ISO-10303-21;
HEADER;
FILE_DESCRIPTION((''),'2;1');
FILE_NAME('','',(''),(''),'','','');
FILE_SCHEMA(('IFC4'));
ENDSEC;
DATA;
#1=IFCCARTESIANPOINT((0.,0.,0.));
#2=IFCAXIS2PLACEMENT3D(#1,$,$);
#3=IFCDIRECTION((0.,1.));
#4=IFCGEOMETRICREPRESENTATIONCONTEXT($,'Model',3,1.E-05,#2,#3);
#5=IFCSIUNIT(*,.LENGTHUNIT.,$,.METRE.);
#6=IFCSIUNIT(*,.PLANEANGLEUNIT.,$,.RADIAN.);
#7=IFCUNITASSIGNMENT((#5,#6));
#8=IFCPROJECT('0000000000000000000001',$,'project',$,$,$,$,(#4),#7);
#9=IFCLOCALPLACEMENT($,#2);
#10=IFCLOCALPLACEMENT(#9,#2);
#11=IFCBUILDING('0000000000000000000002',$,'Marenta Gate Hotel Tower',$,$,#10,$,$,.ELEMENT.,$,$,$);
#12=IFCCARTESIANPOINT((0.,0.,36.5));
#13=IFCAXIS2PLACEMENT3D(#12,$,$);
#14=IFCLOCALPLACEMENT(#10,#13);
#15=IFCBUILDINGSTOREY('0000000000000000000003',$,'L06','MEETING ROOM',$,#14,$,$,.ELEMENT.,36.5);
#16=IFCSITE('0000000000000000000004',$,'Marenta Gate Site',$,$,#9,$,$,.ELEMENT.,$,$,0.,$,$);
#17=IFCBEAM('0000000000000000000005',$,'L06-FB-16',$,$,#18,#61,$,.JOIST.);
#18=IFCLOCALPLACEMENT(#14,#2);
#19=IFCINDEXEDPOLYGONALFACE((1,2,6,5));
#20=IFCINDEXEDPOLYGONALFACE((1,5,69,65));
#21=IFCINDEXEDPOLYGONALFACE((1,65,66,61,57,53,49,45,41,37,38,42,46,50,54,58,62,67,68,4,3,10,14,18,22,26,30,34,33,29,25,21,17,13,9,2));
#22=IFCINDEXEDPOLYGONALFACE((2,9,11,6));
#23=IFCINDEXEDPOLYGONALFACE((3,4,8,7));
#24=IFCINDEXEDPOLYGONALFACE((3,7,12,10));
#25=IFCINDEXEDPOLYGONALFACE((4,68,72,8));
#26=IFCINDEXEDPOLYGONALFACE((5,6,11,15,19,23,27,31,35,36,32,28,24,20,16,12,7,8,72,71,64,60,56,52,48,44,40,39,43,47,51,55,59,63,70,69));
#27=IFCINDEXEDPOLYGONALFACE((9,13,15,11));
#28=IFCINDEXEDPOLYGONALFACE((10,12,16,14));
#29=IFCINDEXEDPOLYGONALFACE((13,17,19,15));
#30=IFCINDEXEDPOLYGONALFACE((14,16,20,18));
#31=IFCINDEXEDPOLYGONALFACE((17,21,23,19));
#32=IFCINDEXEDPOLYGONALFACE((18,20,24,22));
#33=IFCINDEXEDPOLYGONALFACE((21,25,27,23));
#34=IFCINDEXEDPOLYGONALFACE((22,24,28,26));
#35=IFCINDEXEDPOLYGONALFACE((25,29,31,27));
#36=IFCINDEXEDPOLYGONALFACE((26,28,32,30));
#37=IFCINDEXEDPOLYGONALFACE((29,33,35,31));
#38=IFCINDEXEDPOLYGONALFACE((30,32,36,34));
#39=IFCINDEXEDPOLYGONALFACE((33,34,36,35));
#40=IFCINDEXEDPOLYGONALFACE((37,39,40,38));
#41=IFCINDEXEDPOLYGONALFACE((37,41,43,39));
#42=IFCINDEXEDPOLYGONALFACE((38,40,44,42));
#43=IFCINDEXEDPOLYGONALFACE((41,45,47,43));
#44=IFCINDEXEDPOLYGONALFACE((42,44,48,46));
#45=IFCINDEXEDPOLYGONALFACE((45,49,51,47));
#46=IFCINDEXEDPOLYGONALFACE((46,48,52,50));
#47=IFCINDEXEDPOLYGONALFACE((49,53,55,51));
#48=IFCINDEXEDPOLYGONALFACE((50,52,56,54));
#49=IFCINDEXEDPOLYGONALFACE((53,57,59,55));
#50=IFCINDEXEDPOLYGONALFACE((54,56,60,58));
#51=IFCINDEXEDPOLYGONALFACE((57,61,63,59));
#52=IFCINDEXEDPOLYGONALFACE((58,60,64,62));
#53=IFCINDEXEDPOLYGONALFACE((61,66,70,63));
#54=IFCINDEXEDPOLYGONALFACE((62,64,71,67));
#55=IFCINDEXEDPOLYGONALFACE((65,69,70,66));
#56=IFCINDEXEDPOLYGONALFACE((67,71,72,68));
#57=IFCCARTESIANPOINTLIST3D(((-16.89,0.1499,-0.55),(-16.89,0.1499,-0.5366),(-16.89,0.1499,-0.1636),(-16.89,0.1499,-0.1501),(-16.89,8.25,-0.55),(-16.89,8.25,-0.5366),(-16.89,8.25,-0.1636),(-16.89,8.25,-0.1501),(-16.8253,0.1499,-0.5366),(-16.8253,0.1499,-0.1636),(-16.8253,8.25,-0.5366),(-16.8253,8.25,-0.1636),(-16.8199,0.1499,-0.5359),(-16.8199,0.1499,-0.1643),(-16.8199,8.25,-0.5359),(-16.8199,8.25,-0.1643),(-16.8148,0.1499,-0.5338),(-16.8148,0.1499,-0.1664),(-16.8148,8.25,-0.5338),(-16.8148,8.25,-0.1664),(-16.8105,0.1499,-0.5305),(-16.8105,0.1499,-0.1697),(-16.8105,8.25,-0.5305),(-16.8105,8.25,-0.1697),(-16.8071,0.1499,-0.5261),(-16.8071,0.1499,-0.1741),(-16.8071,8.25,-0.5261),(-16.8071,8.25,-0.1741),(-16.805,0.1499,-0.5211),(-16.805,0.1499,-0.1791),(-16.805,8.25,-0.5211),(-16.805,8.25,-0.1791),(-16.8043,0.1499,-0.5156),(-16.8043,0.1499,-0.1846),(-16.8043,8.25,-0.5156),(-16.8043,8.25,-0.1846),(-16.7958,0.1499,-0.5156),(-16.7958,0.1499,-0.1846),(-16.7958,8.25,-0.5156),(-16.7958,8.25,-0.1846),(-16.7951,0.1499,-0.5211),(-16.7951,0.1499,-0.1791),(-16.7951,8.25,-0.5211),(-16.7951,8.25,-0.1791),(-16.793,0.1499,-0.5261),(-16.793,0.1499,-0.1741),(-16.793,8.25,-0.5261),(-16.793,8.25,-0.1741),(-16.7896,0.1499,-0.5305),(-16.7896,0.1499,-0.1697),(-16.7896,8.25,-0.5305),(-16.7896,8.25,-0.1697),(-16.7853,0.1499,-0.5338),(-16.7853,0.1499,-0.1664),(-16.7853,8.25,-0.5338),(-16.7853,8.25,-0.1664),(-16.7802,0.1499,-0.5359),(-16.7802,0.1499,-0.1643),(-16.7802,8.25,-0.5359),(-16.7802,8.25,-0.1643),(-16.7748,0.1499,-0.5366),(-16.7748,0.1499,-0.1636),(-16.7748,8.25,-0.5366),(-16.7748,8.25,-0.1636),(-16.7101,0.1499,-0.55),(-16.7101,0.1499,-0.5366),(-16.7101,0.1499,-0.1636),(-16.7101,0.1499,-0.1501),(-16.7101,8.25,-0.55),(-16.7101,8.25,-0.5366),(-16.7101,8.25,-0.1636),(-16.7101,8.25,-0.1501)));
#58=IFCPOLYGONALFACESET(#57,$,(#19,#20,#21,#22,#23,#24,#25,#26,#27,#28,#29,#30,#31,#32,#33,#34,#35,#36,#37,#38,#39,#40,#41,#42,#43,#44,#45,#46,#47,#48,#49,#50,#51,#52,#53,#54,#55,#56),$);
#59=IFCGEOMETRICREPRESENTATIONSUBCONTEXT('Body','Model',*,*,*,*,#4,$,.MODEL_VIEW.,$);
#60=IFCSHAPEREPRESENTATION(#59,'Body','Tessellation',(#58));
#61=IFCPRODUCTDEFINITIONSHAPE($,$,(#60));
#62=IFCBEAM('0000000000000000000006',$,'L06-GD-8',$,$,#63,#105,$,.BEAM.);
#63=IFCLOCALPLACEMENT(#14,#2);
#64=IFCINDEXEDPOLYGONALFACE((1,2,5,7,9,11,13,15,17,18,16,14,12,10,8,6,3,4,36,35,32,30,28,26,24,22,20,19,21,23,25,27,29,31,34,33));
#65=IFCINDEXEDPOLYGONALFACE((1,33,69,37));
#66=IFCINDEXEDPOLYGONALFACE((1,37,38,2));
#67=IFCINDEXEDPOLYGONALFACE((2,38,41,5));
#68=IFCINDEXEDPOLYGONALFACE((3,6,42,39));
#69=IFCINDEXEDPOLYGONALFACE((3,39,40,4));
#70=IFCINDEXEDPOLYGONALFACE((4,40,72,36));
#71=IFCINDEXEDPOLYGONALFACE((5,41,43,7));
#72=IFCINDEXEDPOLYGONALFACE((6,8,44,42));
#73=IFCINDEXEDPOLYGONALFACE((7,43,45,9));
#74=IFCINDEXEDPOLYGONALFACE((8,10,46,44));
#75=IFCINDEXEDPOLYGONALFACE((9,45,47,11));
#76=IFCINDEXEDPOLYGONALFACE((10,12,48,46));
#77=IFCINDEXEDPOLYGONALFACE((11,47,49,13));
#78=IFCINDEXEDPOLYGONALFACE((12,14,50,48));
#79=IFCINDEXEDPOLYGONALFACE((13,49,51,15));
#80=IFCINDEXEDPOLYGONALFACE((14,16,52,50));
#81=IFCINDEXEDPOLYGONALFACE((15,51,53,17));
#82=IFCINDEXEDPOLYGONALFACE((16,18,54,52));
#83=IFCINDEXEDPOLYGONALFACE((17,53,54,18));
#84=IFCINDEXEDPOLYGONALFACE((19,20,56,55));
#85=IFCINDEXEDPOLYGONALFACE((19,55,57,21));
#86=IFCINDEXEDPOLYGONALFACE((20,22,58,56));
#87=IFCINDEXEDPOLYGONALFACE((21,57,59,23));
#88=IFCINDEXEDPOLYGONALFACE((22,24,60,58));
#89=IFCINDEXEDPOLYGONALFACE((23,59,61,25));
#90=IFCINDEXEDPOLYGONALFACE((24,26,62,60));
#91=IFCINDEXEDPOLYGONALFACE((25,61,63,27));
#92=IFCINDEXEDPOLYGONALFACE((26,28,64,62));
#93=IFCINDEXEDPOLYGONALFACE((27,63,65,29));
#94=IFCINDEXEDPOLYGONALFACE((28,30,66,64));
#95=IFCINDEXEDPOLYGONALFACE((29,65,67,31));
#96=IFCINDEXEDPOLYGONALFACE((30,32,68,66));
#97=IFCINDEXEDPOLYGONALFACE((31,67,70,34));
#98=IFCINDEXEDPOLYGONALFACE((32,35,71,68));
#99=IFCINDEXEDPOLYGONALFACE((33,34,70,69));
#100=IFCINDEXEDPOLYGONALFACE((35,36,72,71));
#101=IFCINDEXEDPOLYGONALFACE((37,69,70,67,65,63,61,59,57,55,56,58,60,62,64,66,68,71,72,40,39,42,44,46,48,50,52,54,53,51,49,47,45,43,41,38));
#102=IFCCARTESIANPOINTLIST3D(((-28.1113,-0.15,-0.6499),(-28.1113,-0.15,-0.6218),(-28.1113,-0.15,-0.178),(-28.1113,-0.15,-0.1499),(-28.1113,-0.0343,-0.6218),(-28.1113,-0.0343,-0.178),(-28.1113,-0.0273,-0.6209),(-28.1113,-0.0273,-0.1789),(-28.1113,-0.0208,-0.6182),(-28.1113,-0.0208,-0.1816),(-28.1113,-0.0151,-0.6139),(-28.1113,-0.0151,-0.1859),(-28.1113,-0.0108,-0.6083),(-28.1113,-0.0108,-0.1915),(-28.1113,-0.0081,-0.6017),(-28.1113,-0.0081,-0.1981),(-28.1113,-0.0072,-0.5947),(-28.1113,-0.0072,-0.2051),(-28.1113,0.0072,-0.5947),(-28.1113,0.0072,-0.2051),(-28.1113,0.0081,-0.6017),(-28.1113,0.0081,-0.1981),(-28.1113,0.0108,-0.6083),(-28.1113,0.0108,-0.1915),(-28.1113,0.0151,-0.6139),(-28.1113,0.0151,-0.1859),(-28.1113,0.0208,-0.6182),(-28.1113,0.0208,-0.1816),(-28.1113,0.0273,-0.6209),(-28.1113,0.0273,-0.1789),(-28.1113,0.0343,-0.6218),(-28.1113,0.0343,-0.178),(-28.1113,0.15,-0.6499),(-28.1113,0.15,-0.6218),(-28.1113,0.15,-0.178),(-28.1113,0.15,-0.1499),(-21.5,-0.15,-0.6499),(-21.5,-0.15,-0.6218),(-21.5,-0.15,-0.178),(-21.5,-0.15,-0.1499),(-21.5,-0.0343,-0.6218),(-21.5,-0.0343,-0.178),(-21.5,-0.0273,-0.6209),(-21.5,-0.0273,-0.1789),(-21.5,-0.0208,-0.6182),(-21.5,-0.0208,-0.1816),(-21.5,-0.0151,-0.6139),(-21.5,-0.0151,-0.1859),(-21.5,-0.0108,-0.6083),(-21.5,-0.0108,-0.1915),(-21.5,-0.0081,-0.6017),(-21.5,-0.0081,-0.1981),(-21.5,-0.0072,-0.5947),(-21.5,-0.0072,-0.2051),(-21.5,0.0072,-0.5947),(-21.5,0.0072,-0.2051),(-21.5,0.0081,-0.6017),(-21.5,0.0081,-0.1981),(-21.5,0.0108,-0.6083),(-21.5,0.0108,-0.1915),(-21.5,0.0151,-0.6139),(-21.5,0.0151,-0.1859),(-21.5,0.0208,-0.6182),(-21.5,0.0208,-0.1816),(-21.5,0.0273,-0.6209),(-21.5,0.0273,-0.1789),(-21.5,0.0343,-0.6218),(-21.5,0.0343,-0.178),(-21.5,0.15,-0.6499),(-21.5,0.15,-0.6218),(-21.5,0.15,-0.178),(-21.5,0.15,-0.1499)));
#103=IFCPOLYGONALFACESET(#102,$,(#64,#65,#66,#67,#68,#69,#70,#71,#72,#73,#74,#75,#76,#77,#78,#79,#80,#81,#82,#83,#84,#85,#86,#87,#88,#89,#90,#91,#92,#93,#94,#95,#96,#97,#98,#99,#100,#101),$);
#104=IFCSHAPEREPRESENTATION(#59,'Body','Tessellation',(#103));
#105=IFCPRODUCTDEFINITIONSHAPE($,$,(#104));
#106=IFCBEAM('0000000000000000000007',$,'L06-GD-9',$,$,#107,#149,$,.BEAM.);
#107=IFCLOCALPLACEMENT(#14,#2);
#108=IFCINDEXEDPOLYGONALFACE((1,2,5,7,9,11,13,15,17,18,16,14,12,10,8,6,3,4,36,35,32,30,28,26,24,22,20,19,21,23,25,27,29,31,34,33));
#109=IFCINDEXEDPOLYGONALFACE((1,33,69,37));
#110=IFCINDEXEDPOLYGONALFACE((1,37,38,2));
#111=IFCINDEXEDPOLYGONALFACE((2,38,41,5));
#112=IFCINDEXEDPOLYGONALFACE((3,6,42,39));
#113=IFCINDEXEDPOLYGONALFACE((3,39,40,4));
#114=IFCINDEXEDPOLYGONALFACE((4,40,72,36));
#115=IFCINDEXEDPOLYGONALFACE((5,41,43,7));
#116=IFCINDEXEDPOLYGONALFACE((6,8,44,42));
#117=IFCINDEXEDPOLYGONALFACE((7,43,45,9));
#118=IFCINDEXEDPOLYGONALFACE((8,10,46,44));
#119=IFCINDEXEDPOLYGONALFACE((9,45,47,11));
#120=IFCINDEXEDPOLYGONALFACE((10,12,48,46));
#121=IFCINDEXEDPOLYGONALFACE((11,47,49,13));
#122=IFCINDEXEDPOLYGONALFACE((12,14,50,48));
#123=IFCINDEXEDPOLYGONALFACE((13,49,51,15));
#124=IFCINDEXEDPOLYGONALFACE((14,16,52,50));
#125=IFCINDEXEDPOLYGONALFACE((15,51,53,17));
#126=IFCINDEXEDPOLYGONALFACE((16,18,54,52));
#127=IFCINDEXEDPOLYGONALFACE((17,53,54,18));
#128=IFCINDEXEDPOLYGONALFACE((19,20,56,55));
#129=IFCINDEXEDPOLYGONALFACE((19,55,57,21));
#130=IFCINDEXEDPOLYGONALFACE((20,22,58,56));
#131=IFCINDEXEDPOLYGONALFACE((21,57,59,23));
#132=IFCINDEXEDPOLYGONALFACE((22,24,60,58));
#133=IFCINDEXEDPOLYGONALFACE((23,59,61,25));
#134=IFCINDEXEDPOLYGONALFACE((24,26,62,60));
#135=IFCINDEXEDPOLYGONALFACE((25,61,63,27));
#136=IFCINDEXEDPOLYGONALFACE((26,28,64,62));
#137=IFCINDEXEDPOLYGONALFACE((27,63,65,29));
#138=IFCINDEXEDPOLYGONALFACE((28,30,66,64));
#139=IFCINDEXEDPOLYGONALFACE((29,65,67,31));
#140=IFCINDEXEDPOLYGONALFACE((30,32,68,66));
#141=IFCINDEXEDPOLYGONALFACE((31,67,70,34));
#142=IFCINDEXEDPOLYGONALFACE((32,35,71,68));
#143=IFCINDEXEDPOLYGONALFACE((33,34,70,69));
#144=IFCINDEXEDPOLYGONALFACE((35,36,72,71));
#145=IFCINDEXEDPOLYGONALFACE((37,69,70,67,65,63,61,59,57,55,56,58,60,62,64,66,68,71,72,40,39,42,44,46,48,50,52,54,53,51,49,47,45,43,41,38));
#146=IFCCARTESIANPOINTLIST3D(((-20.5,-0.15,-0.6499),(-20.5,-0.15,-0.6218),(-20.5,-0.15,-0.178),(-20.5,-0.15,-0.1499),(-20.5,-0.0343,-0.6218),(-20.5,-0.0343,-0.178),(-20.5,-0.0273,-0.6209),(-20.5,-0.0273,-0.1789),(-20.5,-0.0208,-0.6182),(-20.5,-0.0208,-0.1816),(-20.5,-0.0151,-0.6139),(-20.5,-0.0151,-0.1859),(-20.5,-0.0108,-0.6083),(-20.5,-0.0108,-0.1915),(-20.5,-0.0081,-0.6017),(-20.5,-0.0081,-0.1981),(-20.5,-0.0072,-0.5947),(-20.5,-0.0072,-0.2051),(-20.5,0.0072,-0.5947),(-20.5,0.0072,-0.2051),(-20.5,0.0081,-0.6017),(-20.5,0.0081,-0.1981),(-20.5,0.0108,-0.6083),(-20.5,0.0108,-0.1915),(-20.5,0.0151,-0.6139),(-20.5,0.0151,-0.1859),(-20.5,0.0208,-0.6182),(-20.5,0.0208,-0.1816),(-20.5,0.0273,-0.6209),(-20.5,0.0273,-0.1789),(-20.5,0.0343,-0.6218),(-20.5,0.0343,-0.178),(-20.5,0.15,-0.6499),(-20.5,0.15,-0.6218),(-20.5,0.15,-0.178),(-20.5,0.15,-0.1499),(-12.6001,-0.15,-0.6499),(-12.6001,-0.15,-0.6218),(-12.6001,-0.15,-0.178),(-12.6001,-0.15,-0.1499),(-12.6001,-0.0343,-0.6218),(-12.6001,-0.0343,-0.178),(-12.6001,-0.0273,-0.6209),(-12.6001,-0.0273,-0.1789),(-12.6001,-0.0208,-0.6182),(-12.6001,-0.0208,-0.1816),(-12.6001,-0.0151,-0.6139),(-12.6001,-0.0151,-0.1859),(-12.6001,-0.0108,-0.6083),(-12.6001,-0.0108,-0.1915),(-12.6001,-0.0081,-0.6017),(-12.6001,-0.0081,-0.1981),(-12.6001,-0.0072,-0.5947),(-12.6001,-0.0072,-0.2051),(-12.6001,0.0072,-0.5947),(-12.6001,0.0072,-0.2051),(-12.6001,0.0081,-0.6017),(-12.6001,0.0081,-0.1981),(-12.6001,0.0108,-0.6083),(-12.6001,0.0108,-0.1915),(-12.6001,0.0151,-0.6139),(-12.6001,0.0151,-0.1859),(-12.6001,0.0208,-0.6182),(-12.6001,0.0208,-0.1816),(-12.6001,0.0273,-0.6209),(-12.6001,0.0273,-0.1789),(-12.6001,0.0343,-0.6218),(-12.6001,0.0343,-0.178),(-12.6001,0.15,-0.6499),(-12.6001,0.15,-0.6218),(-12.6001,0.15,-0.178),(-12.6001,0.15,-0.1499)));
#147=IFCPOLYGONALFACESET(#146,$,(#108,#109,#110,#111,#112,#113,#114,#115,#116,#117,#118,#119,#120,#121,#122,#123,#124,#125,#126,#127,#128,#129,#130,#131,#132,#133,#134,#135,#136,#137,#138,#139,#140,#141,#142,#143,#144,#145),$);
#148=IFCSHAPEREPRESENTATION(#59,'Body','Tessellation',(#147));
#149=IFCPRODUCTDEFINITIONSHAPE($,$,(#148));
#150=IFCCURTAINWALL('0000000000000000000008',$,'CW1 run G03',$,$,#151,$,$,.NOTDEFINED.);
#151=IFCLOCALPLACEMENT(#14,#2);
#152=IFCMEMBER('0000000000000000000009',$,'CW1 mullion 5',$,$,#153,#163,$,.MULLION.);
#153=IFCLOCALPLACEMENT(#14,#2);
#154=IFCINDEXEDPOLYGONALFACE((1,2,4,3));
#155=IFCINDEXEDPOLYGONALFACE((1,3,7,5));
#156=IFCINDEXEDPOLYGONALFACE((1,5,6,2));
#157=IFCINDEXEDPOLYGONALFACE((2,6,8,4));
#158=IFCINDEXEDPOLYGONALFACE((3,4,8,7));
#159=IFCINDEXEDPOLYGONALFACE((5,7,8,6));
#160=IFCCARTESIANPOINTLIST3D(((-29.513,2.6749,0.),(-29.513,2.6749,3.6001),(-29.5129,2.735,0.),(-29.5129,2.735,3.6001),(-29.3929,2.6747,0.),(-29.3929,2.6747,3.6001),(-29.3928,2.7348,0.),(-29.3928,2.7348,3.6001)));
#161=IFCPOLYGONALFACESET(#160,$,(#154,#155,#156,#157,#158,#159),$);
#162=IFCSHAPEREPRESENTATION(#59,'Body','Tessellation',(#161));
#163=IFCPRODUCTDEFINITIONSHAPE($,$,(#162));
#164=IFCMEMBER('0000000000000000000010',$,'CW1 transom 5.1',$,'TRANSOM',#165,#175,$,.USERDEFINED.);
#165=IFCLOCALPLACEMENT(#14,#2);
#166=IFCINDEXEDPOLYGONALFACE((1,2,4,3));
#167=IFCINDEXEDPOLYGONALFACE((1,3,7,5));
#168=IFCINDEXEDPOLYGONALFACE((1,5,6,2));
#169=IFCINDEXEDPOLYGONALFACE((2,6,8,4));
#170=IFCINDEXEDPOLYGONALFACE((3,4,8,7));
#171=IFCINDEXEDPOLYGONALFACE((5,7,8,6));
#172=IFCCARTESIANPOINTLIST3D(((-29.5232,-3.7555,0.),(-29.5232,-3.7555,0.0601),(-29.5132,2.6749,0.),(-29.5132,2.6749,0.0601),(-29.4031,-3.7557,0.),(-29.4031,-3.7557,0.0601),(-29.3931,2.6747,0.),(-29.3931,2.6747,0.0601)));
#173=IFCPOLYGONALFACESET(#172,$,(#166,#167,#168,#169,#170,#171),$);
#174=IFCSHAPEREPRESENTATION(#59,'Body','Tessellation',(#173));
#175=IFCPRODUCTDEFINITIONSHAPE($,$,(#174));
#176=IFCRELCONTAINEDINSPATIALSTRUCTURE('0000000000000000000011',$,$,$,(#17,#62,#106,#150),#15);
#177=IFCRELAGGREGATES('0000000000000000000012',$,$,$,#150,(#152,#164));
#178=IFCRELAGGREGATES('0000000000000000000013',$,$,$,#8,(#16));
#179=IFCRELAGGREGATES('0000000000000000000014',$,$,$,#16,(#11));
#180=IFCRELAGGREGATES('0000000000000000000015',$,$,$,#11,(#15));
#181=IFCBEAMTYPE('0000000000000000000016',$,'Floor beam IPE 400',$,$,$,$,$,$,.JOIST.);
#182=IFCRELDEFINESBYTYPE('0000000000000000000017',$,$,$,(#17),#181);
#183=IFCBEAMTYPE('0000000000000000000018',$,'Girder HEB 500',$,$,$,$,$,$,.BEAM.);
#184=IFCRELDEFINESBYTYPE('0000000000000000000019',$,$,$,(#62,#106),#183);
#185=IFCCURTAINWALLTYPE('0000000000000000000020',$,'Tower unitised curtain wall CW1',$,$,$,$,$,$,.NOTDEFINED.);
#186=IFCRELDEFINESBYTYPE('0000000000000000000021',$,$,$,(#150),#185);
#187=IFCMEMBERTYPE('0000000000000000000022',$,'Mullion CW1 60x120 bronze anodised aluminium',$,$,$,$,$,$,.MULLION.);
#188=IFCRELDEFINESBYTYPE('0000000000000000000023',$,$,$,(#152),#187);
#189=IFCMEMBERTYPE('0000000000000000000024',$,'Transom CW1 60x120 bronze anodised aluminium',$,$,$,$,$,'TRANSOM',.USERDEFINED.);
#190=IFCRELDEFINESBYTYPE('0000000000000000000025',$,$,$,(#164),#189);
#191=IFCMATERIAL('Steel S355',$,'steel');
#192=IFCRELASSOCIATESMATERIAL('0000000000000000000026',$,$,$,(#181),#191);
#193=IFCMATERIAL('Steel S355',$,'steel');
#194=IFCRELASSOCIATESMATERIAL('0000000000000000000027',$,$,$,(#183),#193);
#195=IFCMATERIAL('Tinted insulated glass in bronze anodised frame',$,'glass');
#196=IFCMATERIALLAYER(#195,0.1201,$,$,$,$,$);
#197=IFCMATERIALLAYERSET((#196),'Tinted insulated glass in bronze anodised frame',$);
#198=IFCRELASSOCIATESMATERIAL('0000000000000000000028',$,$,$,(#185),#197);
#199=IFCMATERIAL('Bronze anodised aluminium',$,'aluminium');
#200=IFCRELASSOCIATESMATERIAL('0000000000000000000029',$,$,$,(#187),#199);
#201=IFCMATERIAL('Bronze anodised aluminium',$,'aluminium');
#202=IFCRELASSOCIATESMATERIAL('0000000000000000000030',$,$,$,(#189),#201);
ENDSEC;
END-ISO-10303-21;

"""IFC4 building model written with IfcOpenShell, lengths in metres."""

from ifc_helpers import new_model, si_unit, direction, frame, origin, origin_2d, place, context, subcontext, project, spatial, rectangle, i_section, extrude, material, layer, layer_set, material_profile, profile_set, type_object, element, aggregate, save


model = new_model("IFC4")

# Units and contexts
model_context = context("Model", 3, precision=1e-05, world=origin(), true_north=direction((0.0, 1.0)))
body_context = subcontext(model_context, "Body", "Model", "MODEL_VIEW")
ifc_project = project(units=[si_unit("LENGTHUNIT", "METRE"), si_unit("PLANEANGLEUNIT", "RADIAN")], contexts=[model_context])

# Site, building, storey
site_placement = place(None, origin())
site = spatial("IfcSite", under=ifc_project, at=site_placement, Name="Marenta Gate Site", CompositionType="ELEMENT", RefElevation=0.0)
building_placement = place(site_placement, origin())
building = spatial("IfcBuilding", under=site, at=building_placement, Name="Marenta Gate Hotel Tower", CompositionType="ELEMENT")
storey_placement = place(building_placement, frame((0.0, 0.0, 36.5)))
storey = spatial("IfcBuildingStorey", under=building, at=storey_placement, Name="L06", Description="MEETING ROOM", CompositionType="ELEMENT", Elevation=36.5)

# Beams
ifc_material_1 = material(Name="Steel S355", Category="steel")
ifc_material_profile_1 = material_profile(ifc_material_1, i_section(OverallWidth=0.1799, OverallDepth=0.3999, WebThickness=0.0085, FlangeThickness=0.0134, FilletRadius=0.021, at=origin_2d()), Name="IPE 400")
ifc_profile_set_1 = profile_set([ifc_material_profile_1], Name="Steel S355")
beam_type_1 = type_object("IfcBeamType", Name="Floor beam IPE 400", PredefinedType="JOIST", material=ifc_profile_set_1)
beam_1_placement = place(storey_placement, frame((-16.8, 0.1499, -0.3501), z_axis=(0.0, 1.0, 0.0), x_axis=(-1.0, 0.0, 0.0)))
element("IfcBeam", 1, at=beam_1_placement, inside=storey, type_object=beam_type_1, Name="L06-FB-16", PredefinedType="JOIST", context=body_context, shape_type="SweptSolid", body=[
    extrude(i_section(OverallWidth=0.1799, OverallDepth=0.3999, WebThickness=0.0085, FlangeThickness=0.0134, FilletRadius=0.021, at=origin_2d()), origin(), (0.0, 0.0, 1.0), 8.1001),
])
ifc_material_2 = material(Name="Steel S355", Category="steel")
ifc_material_profile_2 = material_profile(ifc_material_2, i_section(OverallWidth=0.3, OverallDepth=0.5, WebThickness=0.0144, FlangeThickness=0.0281, FilletRadius=0.0271, at=origin_2d()), Name="HEB 500")
ifc_profile_set_2 = profile_set([ifc_material_profile_2], Name="Steel S355")
beam_type_2 = type_object("IfcBeamType", Name="Girder HEB 500", PredefinedType="BEAM", material=ifc_profile_set_2)
beam_2_placement = place(storey_placement, frame((-28.1113, 0.0, -0.3999), z_axis=(1.0, 0.0, 0.0), x_axis=(0.0, 1.0, 0.0)))
element("IfcBeam", 2, at=beam_2_placement, inside=storey, type_object=beam_type_2, Name="L06-GD-8", PredefinedType="BEAM", context=body_context, shape_type="SweptSolid", body=[
    extrude(i_section(OverallWidth=0.3, OverallDepth=0.5, WebThickness=0.0144, FlangeThickness=0.0281, FilletRadius=0.0271, at=origin_2d()), origin(), (0.0, 0.0, 1.0), 6.6113),
])
beam_3_placement = place(storey_placement, frame((-20.5, 0.0, -0.3999), z_axis=(1.0, 0.0, 0.0), x_axis=(0.0, 1.0, 0.0)))
element("IfcBeam", 3, at=beam_3_placement, inside=storey, type_object=beam_type_2, Name="L06-GD-9", PredefinedType="BEAM", context=body_context, shape_type="SweptSolid", body=[
    extrude(i_section(OverallWidth=0.3, OverallDepth=0.5, WebThickness=0.0144, FlangeThickness=0.0281, FilletRadius=0.0271, at=origin_2d()), origin(), (0.0, 0.0, 1.0), 7.8999),
])

# Curtain wall, members
ifc_material_3 = material(Name="Tinted insulated glass in bronze anodised frame", Category="glass")
ifc_layer_1 = layer(ifc_material_3, 0.1201)
ifc_layer_set_1 = layer_set([ifc_layer_1], Name="Tinted insulated glass in bronze anodised frame")
curtain_wall_type = type_object("IfcCurtainWallType", Name="Tower unitised curtain wall CW1", PredefinedType="NOTDEFINED", material=ifc_layer_set_1)
curtain_wall_placement = place(storey_placement, origin())
curtain_wall = element("IfcCurtainWall", 4, at=curtain_wall_placement, inside=storey, type_object=curtain_wall_type, Name="CW1 run G03", PredefinedType="NOTDEFINED")
ifc_material_4 = material(Name="Bronze anodised aluminium", Category="aluminium")
ifc_material_profile_3 = material_profile(ifc_material_4, rectangle(XDim=0.1201, YDim=0.0601, at=origin_2d()), Name="Mullion CW1 60x120 bronze anodised aluminium")
ifc_profile_set_3 = profile_set([ifc_material_profile_3], Name="Bronze anodised aluminium")
member_type_1 = type_object("IfcMemberType", Name="Mullion CW1 60x120 bronze anodised aluminium", PredefinedType="MULLION", material=ifc_profile_set_3)
member_1_placement = place(storey_placement, frame((-29.4529, 2.7048, 0.0), z_axis=(0.0, 0.0, 1.0), x_axis=(0.999999, -0.001566, 0.0)))
member_1 = element("IfcMember", 5, at=member_1_placement, type_object=member_type_1, Name="CW1 mullion 5", PredefinedType="MULLION", context=body_context, shape_type="SweptSolid", body=[
    extrude(rectangle(XDim=0.1201, YDim=0.0601, at=origin_2d()), origin(), (0.0, 0.0, 1.0), 3.6001),
])
ifc_material_5 = material(Name="Bronze anodised aluminium", Category="aluminium")
ifc_material_profile_4 = material_profile(ifc_material_5, rectangle(XDim=0.1201, YDim=0.0601, at=origin_2d()), Name="Transom CW1 60x120 bronze anodised aluminium")
ifc_profile_set_4 = profile_set([ifc_material_profile_4], Name="Bronze anodised aluminium")
member_type_2 = type_object("IfcMemberType", Name="Transom CW1 60x120 bronze anodised aluminium", ElementType="TRANSOM", PredefinedType="USERDEFINED", material=ifc_profile_set_4)
member_2_placement = place(storey_placement, frame((-29.4531, 2.6748, 0.03), z_axis=(-0.001557, -0.999999, 0.0), x_axis=(0.999999, -0.001557, 0.0)))
member_2 = element("IfcMember", 6, at=member_2_placement, type_object=member_type_2, Name="CW1 transom 5.1", ObjectType="TRANSOM", PredefinedType="USERDEFINED", context=body_context, shape_type="SweptSolid", body=[
    extrude(rectangle(XDim=0.1201, YDim=0.0601, at=origin_2d()), origin(), (0.0, 0.0, 1.0), 6.4304),
])

aggregate(curtain_wall, [member_1, member_2])

save(model, "model.ifc")
